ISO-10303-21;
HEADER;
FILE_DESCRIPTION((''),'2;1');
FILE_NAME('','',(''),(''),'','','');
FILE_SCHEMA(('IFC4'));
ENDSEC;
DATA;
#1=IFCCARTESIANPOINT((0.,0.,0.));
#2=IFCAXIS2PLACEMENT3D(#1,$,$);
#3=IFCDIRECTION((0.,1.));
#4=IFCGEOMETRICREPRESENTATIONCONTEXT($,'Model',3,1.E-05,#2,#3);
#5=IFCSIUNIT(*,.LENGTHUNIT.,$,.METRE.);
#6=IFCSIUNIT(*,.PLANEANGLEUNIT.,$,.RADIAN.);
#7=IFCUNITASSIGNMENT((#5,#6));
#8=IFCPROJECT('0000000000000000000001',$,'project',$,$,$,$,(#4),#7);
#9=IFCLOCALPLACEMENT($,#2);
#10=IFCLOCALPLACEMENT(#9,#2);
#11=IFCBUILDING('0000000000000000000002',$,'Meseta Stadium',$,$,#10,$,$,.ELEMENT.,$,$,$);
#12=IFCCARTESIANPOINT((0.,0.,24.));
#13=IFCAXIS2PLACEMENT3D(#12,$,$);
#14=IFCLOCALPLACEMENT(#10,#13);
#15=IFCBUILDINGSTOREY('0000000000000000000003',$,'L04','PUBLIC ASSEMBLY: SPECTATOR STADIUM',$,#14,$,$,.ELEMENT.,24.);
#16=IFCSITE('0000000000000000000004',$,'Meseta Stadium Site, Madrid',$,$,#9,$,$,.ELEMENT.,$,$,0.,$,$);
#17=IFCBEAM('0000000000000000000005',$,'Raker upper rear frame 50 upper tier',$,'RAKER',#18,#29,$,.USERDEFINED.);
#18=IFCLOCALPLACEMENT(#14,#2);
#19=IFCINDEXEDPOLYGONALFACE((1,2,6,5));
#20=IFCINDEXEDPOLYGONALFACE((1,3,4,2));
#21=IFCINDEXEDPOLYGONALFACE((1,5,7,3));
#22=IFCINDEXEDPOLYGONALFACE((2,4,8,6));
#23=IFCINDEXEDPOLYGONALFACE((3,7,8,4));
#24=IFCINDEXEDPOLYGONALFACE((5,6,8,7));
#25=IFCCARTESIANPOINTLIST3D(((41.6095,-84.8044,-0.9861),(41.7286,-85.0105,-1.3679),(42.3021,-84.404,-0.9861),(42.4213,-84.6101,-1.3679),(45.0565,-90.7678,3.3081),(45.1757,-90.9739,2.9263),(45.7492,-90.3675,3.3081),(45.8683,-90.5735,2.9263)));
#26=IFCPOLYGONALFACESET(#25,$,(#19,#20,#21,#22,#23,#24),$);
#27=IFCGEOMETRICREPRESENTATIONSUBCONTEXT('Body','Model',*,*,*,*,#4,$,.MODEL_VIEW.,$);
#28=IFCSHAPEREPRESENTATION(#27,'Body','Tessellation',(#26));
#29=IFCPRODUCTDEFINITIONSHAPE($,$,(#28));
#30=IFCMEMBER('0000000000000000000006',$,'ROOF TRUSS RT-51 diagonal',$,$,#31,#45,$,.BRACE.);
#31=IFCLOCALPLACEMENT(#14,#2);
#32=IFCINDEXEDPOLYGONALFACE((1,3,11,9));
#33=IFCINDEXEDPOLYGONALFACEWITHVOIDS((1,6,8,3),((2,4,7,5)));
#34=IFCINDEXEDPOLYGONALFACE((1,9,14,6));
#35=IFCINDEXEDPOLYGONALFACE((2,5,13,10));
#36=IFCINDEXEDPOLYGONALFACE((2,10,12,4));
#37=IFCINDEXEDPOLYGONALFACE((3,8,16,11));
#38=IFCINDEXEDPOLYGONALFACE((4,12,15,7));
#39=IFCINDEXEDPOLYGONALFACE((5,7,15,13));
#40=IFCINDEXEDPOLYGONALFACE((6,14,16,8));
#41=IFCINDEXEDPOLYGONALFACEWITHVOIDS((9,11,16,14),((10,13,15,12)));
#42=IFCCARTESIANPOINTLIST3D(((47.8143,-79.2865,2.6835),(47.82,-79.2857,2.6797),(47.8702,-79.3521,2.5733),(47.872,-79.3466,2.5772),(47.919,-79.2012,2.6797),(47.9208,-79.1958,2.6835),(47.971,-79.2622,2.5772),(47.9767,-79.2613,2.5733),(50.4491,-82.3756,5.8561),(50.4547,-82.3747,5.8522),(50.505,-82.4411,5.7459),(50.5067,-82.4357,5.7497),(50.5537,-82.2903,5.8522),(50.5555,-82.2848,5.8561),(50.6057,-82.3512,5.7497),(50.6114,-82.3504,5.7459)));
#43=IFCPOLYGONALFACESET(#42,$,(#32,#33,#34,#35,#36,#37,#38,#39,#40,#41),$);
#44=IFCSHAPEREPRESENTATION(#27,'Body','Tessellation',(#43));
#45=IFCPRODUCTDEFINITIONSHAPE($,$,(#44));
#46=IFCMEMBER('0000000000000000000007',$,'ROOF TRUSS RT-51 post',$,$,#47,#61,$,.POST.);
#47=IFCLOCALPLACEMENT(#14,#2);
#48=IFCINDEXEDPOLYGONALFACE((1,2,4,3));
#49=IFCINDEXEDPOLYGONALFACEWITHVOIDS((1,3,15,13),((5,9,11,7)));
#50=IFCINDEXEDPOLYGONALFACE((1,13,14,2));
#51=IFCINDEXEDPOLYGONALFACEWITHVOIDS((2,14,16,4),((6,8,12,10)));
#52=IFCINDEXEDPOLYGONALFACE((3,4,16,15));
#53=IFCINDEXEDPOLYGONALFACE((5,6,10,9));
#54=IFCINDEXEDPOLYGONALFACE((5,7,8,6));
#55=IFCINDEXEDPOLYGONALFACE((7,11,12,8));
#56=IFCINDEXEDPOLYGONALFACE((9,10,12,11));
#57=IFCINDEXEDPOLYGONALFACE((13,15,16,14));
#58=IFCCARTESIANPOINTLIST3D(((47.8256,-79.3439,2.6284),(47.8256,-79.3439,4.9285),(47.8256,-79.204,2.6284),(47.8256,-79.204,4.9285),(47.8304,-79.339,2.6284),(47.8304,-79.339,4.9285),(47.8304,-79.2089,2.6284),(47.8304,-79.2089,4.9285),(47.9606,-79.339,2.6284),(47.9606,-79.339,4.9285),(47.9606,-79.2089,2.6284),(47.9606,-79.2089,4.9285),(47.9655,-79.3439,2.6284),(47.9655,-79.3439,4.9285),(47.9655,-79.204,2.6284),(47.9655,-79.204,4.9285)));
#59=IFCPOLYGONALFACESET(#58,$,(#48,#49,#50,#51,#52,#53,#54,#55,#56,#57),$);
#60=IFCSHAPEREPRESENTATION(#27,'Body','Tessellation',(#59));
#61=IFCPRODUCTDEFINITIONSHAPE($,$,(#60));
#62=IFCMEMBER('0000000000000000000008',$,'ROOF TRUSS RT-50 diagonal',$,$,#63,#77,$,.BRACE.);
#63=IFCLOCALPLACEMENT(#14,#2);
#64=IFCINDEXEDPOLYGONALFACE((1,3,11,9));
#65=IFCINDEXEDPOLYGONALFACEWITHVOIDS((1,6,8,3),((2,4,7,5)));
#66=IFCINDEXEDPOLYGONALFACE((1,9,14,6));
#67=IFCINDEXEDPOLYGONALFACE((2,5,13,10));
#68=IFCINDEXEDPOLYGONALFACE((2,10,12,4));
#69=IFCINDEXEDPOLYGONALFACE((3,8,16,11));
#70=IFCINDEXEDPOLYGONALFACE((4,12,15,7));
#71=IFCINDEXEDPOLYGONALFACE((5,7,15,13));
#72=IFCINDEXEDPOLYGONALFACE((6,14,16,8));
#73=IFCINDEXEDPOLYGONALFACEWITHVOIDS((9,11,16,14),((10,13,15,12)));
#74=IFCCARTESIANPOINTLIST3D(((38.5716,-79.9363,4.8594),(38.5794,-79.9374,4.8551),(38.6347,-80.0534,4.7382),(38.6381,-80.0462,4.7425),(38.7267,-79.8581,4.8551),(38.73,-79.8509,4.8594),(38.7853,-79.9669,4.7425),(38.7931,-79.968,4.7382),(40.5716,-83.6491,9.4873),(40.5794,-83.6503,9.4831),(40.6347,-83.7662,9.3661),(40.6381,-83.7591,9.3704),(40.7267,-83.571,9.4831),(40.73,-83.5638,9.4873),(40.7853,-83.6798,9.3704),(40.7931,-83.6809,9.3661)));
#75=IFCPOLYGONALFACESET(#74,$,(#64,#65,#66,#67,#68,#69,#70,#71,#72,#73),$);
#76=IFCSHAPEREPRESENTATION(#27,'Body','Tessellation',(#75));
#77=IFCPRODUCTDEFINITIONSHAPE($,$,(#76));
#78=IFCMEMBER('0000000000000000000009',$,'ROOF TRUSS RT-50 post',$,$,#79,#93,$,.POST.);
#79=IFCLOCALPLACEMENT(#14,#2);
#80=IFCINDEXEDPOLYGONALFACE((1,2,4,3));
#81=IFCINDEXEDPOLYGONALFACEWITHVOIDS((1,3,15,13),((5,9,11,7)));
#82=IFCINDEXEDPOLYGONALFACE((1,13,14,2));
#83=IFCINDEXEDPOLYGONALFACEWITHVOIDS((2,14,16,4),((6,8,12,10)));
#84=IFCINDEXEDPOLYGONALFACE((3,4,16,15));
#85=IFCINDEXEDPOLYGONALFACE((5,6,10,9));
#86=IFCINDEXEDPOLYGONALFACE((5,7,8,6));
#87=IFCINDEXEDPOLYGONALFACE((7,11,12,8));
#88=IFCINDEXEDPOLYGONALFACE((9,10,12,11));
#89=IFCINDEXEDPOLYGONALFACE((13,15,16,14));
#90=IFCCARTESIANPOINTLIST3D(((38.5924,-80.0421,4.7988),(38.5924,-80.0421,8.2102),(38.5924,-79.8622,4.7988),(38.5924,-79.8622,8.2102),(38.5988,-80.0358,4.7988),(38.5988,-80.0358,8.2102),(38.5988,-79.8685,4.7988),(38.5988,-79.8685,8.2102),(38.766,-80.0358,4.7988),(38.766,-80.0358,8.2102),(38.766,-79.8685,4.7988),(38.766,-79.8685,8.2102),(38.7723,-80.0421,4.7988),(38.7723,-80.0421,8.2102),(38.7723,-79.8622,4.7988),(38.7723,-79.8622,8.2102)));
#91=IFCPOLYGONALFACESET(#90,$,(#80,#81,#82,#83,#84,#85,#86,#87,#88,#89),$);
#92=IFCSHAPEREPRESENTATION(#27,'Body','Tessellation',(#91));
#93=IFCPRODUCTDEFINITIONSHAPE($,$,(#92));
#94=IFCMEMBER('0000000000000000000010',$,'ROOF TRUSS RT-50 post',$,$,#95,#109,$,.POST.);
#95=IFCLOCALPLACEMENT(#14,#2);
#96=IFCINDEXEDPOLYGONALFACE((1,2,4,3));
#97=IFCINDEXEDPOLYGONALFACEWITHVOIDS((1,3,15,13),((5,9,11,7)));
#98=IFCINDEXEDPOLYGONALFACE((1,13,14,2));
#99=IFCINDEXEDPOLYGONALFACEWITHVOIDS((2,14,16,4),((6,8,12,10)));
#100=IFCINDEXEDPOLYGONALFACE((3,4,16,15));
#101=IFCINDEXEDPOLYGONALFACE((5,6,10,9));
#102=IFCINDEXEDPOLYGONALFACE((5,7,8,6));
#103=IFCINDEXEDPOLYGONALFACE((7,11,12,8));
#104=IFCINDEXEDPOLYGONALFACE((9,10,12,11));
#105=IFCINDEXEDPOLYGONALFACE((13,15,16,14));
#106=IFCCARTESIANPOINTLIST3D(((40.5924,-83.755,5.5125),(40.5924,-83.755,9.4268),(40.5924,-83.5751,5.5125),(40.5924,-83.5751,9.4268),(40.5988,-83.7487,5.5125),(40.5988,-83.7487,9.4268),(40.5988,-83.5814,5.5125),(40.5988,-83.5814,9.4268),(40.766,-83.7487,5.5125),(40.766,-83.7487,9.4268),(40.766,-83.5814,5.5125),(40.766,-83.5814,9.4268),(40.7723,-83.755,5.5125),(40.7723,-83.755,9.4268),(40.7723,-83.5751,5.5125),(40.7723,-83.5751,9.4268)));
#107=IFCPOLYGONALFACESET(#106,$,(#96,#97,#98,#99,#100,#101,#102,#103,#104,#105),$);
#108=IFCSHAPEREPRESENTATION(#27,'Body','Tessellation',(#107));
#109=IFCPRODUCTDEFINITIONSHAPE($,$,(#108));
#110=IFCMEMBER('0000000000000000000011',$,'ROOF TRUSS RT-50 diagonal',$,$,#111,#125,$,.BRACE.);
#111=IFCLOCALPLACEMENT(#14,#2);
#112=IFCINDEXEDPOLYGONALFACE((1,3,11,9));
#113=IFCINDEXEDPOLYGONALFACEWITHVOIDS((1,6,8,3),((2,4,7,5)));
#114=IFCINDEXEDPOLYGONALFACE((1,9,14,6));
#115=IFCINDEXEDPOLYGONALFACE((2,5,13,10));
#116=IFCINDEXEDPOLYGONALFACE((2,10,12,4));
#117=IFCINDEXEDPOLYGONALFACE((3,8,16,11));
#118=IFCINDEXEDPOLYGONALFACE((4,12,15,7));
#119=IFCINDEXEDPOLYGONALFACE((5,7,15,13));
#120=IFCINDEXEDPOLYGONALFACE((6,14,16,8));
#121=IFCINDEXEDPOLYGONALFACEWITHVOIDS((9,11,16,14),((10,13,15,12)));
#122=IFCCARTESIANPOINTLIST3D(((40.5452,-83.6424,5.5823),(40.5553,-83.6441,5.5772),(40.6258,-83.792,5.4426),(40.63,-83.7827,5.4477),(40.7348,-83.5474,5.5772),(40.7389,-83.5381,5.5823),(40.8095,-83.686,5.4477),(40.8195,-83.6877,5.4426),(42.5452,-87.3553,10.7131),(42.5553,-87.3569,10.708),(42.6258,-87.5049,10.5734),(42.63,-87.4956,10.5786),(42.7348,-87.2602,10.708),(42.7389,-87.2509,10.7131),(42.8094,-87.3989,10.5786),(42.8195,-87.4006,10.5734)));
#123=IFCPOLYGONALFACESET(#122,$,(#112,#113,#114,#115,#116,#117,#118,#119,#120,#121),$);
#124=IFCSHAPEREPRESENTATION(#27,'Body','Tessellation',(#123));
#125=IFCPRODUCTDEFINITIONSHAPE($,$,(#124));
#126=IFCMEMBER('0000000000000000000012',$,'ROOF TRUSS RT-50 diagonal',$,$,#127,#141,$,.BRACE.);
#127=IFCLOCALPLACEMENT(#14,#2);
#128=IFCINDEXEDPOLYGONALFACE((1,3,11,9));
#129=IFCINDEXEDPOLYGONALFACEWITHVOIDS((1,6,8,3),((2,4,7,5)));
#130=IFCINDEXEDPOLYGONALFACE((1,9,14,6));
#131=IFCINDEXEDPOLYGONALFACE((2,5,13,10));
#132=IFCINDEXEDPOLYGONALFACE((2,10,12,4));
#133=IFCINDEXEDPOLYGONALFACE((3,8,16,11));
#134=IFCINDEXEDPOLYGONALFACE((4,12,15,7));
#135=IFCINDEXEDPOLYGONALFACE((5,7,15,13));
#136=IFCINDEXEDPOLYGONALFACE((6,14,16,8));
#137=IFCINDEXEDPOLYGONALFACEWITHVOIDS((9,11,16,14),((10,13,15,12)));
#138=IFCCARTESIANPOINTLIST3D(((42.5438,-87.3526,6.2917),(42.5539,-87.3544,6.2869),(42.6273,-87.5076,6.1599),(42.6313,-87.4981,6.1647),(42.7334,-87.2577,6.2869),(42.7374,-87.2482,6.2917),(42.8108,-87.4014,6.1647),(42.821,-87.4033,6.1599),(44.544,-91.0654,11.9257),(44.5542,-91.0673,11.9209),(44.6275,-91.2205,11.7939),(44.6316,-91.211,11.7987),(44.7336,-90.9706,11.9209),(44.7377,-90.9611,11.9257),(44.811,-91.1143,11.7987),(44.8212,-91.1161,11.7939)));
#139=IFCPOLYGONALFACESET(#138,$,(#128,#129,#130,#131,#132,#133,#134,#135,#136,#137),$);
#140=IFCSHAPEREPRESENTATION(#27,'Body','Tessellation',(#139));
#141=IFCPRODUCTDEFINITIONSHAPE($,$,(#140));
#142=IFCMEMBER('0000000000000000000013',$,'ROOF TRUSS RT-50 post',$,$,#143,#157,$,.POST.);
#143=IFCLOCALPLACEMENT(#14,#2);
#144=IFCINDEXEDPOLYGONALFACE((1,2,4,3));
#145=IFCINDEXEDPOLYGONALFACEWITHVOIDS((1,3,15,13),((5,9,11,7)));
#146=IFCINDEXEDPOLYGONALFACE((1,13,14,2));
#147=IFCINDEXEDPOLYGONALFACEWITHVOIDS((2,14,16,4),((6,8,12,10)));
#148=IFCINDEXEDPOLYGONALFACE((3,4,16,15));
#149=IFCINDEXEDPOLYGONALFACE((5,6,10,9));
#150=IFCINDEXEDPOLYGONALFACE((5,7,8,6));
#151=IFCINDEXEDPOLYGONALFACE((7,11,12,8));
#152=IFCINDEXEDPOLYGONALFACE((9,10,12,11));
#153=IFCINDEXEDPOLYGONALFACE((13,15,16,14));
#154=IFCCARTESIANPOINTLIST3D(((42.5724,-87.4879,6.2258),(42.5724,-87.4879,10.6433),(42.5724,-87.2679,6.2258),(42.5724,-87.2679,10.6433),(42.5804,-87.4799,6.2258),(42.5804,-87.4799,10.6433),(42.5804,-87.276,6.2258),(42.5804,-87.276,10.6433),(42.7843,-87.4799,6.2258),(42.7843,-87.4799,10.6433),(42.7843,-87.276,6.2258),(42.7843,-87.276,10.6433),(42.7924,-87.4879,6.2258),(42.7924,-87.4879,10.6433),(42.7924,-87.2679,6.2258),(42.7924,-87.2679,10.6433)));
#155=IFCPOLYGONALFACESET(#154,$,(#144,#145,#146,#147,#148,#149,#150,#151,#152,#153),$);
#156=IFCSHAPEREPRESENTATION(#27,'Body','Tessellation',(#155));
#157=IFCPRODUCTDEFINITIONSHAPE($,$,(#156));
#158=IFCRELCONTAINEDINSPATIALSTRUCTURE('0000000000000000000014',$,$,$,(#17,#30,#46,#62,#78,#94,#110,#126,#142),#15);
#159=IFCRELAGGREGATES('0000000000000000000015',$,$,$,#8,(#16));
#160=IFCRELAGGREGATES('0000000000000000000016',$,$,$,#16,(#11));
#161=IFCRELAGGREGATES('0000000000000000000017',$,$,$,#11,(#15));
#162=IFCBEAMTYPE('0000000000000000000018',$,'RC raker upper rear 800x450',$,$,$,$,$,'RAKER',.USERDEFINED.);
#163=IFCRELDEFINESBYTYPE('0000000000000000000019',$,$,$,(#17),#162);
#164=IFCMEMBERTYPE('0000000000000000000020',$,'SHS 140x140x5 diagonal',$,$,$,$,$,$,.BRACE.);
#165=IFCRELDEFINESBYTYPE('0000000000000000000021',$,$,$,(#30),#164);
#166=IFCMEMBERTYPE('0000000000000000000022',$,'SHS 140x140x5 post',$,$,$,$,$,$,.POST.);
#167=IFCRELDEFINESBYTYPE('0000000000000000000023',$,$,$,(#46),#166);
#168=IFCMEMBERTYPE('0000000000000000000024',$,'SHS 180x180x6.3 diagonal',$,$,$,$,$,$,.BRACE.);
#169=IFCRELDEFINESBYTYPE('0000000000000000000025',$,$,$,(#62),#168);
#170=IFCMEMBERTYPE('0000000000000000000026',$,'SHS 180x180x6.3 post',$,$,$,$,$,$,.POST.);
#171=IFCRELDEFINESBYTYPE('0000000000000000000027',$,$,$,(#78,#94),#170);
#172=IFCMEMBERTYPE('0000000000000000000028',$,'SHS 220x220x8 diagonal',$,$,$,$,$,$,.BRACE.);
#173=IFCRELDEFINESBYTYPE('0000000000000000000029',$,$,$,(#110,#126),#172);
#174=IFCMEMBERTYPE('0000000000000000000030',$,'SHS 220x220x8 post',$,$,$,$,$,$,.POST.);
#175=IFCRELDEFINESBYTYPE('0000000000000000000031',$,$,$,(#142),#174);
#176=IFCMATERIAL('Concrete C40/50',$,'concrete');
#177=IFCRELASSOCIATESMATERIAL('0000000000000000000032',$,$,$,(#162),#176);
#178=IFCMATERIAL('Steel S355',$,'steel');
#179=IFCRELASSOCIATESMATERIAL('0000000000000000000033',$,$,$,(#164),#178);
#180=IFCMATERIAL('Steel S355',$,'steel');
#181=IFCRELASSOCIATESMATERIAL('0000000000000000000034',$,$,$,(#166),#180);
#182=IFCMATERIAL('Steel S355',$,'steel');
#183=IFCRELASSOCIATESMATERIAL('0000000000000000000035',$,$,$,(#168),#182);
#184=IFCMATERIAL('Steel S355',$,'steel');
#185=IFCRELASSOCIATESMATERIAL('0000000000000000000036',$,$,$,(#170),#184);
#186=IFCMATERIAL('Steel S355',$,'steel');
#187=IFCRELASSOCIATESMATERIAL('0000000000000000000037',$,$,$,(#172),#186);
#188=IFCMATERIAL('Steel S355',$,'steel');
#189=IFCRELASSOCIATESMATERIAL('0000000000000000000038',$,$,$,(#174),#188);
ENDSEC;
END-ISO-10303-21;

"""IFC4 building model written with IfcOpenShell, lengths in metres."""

from ifc_helpers import new_model, si_unit, direction, frame, origin, origin_2d, place, context, subcontext, project, spatial, rectangle, hollow_rectangle, extrude, material, material_profile, profile_set, type_object, element, save


model = new_model("IFC4")

# Units and contexts
model_context = context("Model", 3, precision=1e-05, world=origin(), true_north=direction((0.0, 1.0)))
body_context = subcontext(model_context, "Body", "Model", "MODEL_VIEW")
ifc_project = project(units=[si_unit("LENGTHUNIT", "METRE"), si_unit("PLANEANGLEUNIT", "RADIAN")], contexts=[model_context])

# Site, building, storey
site_placement = place(None, origin())
site = spatial("IfcSite", under=ifc_project, at=site_placement, Name="Meseta Stadium Site, Madrid", CompositionType="ELEMENT", RefElevation=0.0)
building_placement = place(site_placement, origin())
building = spatial("IfcBuilding", under=site, at=building_placement, Name="Meseta Stadium", CompositionType="ELEMENT")
storey_placement = place(building_placement, frame((0.0, 0.0, 24.0)))
storey = spatial("IfcBuildingStorey", under=building, at=storey_placement, Name="L04", Description="PUBLIC ASSEMBLY: SPECTATOR STADIUM", CompositionType="ELEMENT", Elevation=24.0)

# Beam
ifc_material_1 = material(Name="Concrete C40/50", Category="concrete")
ifc_material_profile_1 = material_profile(ifc_material_1, rectangle(XDim=0.8, YDim=0.45, at=origin_2d()), Name="RC 800x450")
ifc_profile_set_1 = profile_set([ifc_material_profile_1], Name="Concrete C40/50")
beam_type = type_object("IfcBeamType", Name="RC raker upper rear 800x450", ElementType="RAKER", PredefinedType="USERDEFINED", material=ifc_profile_set_1)
beam_placement = place(storey_placement, frame((42.0154, -84.7073, -1.177), z_axis=(0.424673, -0.734688, 0.529044), x_axis=(0.86577, 0.500442, 0.0)))
element("IfcBeam", 1, at=beam_placement, inside=storey, type_object=beam_type, Name="Raker upper rear frame 50 upper tier", ObjectType="RAKER", PredefinedType="USERDEFINED", context=body_context, shape_type="SweptSolid", body=[
    extrude(rectangle(XDim=0.8, YDim=0.45, at=origin_2d()), origin(), (0.0, 0.0, 1.0), 8.1169),
])

# Members
ifc_material_2 = material(Name="Steel S355", Category="steel")
ifc_material_profile_2 = material_profile(ifc_material_2, hollow_rectangle(XDim=0.1399, YDim=0.1399, WallThickness=0.0049, at=origin_2d()), Name="SHS 140x140x5")
ifc_profile_set_2 = profile_set([ifc_material_profile_2], Name="Steel S355")
member_type_1 = type_object("IfcMemberType", Name="SHS 140x140x5 diagonal", PredefinedType="BRACE", material=ifc_profile_set_2)
member_1_placement = place(storey_placement, frame((47.8955, -79.2739, 2.6284), z_axis=(0.51134, -0.599516, 0.615721), x_axis=(0.760842, 0.648937, 0.0)))
element("IfcMember", 2, at=member_1_placement, inside=storey, type_object=member_type_1, Name="ROOF TRUSS RT-51 diagonal", PredefinedType="BRACE", context=body_context, shape_type="SweptSolid", body=[
    extrude(hollow_rectangle(XDim=0.1399, YDim=0.1399, WallThickness=0.0049, at=origin_2d()), origin(), (0.0, 0.0, 1.0), 5.1526),
])
ifc_material_3 = material(Name="Steel S355", Category="steel")
ifc_material_profile_3 = material_profile(ifc_material_3, hollow_rectangle(XDim=0.1399, YDim=0.1399, WallThickness=0.0049, at=origin_2d()), Name="SHS 140x140x5")
ifc_profile_set_3 = profile_set([ifc_material_profile_3], Name="Steel S355")
member_type_2 = type_object("IfcMemberType", Name="SHS 140x140x5 post", PredefinedType="POST", material=ifc_profile_set_3)
member_2_placement = place(storey_placement, frame((47.8955, -79.2739, 2.6284), z_axis=(0.0, 0.0, 1.0), x_axis=(1.0, 0.0, 0.0)))
element("IfcMember", 3, at=member_2_placement, inside=storey, type_object=member_type_2, Name="ROOF TRUSS RT-51 post", PredefinedType="POST", context=body_context, shape_type="SweptSolid", body=[
    extrude(hollow_rectangle(XDim=0.1399, YDim=0.1399, WallThickness=0.0049, at=origin_2d()), origin(), (0.0, 0.0, 1.0), 2.3),
])
ifc_material_4 = material(Name="Steel S355", Category="steel")
ifc_material_profile_4 = material_profile(ifc_material_4, hollow_rectangle(XDim=0.1799, YDim=0.1799, WallThickness=0.0063, at=origin_2d()), Name="SHS 180x180x6.3")
ifc_profile_set_4 = profile_set([ifc_material_profile_4], Name="Steel S355")
member_type_3 = type_object("IfcMemberType", Name="SHS 180x180x6.3 diagonal", PredefinedType="BRACE", material=ifc_profile_set_4)
member_3_placement = place(storey_placement, frame((38.6824, -79.9521, 4.7988), z_axis=(0.319425, -0.592995, 0.739138), x_axis=(0.880397, 0.474238, 0.0)))
element("IfcMember", 4, at=member_3_placement, inside=storey, type_object=member_type_3, Name="ROOF TRUSS RT-50 diagonal", PredefinedType="BRACE", context=body_context, shape_type="SweptSolid", body=[
    extrude(hollow_rectangle(XDim=0.1799, YDim=0.1799, WallThickness=0.0063, at=origin_2d()), origin(), (0.0, 0.0, 1.0), 6.2612),
])
ifc_material_5 = material(Name="Steel S355", Category="steel")
ifc_material_profile_5 = material_profile(ifc_material_5, hollow_rectangle(XDim=0.1799, YDim=0.1799, WallThickness=0.0063, at=origin_2d()), Name="SHS 180x180x6.3")
ifc_profile_set_5 = profile_set([ifc_material_profile_5], Name="Steel S355")
member_type_4 = type_object("IfcMemberType", Name="SHS 180x180x6.3 post", PredefinedType="POST", material=ifc_profile_set_5)
member_4_placement = place(storey_placement, frame((38.6824, -79.9521, 4.7988), z_axis=(0.0, 0.0, 1.0), x_axis=(1.0, 0.0, 0.0)))
element("IfcMember", 5, at=member_4_placement, inside=storey, type_object=member_type_4, Name="ROOF TRUSS RT-50 post", PredefinedType="POST", context=body_context, shape_type="SweptSolid", body=[
    extrude(hollow_rectangle(XDim=0.1799, YDim=0.1799, WallThickness=0.0063, at=origin_2d()), origin(), (0.0, 0.0, 1.0), 3.4114),
])
member_5_placement = place(storey_placement, frame((40.6824, -83.665, 5.5125), z_axis=(0.0, 0.0, 1.0), x_axis=(1.0, 0.0, 0.0)))
element("IfcMember", 6, at=member_5_placement, inside=storey, type_object=member_type_4, Name="ROOF TRUSS RT-50 post", PredefinedType="POST", context=body_context, shape_type="SweptSolid", body=[
    extrude(hollow_rectangle(XDim=0.1799, YDim=0.1799, WallThickness=0.0063, at=origin_2d()), origin(), (0.0, 0.0, 1.0), 3.9143),
])
ifc_material_6 = material(Name="Steel S355", Category="steel")
ifc_material_profile_6 = material_profile(ifc_material_6, hollow_rectangle(XDim=0.22, YDim=0.22, WallThickness=0.0081, at=origin_2d()), Name="SHS 220x220x8")
ifc_profile_set_6 = profile_set([ifc_material_profile_6], Name="Steel S355")
member_type_5 = type_object("IfcMemberType", Name="SHS 220x220x8 diagonal", PredefinedType="BRACE", material=ifc_profile_set_6)
member_6_placement = place(storey_placement, frame((40.6824, -83.665, 5.5125), z_axis=(0.301131, -0.559033, 0.77253), x_axis=(0.880397, 0.474238, 0.0)))
element("IfcMember", 7, at=member_6_placement, inside=storey, type_object=member_type_5, Name="ROOF TRUSS RT-50 diagonal", PredefinedType="BRACE", context=body_context, shape_type="SweptSolid", body=[
    extrude(hollow_rectangle(XDim=0.22, YDim=0.22, WallThickness=0.0081, at=origin_2d()), origin(), (0.0, 0.0, 1.0), 6.6416),
])
member_7_placement = place(storey_placement, frame((42.6824, -87.3779, 6.2258), z_axis=(0.284219, -0.527574, 0.800553), x_axis=(0.880373, 0.474283, 0.0)))
element("IfcMember", 8, at=member_7_placement, inside=storey, type_object=member_type_5, Name="ROOF TRUSS RT-50 diagonal", PredefinedType="BRACE", context=body_context, shape_type="SweptSolid", body=[
    extrude(hollow_rectangle(XDim=0.22, YDim=0.22, WallThickness=0.0081, at=origin_2d()), origin(), (0.0, 0.0, 1.0), 7.0376),
])
ifc_material_7 = material(Name="Steel S355", Category="steel")
ifc_material_profile_7 = material_profile(ifc_material_7, hollow_rectangle(XDim=0.22, YDim=0.22, WallThickness=0.0081, at=origin_2d()), Name="SHS 220x220x8")
ifc_profile_set_7 = profile_set([ifc_material_profile_7], Name="Steel S355")
member_type_6 = type_object("IfcMemberType", Name="SHS 220x220x8 post", PredefinedType="POST", material=ifc_profile_set_7)
member_8_placement = place(storey_placement, frame((42.6824, -87.3779, 6.2258), z_axis=(0.0, 0.0, 1.0), x_axis=(1.0, 0.0, 0.0)))
element("IfcMember", 9, at=member_8_placement, inside=storey, type_object=member_type_6, Name="ROOF TRUSS RT-50 post", PredefinedType="POST", context=body_context, shape_type="SweptSolid", body=[
    extrude(hollow_rectangle(XDim=0.22, YDim=0.22, WallThickness=0.0081, at=origin_2d()), origin(), (0.0, 0.0, 1.0), 4.4175),
])

save(model, "model.ifc")
